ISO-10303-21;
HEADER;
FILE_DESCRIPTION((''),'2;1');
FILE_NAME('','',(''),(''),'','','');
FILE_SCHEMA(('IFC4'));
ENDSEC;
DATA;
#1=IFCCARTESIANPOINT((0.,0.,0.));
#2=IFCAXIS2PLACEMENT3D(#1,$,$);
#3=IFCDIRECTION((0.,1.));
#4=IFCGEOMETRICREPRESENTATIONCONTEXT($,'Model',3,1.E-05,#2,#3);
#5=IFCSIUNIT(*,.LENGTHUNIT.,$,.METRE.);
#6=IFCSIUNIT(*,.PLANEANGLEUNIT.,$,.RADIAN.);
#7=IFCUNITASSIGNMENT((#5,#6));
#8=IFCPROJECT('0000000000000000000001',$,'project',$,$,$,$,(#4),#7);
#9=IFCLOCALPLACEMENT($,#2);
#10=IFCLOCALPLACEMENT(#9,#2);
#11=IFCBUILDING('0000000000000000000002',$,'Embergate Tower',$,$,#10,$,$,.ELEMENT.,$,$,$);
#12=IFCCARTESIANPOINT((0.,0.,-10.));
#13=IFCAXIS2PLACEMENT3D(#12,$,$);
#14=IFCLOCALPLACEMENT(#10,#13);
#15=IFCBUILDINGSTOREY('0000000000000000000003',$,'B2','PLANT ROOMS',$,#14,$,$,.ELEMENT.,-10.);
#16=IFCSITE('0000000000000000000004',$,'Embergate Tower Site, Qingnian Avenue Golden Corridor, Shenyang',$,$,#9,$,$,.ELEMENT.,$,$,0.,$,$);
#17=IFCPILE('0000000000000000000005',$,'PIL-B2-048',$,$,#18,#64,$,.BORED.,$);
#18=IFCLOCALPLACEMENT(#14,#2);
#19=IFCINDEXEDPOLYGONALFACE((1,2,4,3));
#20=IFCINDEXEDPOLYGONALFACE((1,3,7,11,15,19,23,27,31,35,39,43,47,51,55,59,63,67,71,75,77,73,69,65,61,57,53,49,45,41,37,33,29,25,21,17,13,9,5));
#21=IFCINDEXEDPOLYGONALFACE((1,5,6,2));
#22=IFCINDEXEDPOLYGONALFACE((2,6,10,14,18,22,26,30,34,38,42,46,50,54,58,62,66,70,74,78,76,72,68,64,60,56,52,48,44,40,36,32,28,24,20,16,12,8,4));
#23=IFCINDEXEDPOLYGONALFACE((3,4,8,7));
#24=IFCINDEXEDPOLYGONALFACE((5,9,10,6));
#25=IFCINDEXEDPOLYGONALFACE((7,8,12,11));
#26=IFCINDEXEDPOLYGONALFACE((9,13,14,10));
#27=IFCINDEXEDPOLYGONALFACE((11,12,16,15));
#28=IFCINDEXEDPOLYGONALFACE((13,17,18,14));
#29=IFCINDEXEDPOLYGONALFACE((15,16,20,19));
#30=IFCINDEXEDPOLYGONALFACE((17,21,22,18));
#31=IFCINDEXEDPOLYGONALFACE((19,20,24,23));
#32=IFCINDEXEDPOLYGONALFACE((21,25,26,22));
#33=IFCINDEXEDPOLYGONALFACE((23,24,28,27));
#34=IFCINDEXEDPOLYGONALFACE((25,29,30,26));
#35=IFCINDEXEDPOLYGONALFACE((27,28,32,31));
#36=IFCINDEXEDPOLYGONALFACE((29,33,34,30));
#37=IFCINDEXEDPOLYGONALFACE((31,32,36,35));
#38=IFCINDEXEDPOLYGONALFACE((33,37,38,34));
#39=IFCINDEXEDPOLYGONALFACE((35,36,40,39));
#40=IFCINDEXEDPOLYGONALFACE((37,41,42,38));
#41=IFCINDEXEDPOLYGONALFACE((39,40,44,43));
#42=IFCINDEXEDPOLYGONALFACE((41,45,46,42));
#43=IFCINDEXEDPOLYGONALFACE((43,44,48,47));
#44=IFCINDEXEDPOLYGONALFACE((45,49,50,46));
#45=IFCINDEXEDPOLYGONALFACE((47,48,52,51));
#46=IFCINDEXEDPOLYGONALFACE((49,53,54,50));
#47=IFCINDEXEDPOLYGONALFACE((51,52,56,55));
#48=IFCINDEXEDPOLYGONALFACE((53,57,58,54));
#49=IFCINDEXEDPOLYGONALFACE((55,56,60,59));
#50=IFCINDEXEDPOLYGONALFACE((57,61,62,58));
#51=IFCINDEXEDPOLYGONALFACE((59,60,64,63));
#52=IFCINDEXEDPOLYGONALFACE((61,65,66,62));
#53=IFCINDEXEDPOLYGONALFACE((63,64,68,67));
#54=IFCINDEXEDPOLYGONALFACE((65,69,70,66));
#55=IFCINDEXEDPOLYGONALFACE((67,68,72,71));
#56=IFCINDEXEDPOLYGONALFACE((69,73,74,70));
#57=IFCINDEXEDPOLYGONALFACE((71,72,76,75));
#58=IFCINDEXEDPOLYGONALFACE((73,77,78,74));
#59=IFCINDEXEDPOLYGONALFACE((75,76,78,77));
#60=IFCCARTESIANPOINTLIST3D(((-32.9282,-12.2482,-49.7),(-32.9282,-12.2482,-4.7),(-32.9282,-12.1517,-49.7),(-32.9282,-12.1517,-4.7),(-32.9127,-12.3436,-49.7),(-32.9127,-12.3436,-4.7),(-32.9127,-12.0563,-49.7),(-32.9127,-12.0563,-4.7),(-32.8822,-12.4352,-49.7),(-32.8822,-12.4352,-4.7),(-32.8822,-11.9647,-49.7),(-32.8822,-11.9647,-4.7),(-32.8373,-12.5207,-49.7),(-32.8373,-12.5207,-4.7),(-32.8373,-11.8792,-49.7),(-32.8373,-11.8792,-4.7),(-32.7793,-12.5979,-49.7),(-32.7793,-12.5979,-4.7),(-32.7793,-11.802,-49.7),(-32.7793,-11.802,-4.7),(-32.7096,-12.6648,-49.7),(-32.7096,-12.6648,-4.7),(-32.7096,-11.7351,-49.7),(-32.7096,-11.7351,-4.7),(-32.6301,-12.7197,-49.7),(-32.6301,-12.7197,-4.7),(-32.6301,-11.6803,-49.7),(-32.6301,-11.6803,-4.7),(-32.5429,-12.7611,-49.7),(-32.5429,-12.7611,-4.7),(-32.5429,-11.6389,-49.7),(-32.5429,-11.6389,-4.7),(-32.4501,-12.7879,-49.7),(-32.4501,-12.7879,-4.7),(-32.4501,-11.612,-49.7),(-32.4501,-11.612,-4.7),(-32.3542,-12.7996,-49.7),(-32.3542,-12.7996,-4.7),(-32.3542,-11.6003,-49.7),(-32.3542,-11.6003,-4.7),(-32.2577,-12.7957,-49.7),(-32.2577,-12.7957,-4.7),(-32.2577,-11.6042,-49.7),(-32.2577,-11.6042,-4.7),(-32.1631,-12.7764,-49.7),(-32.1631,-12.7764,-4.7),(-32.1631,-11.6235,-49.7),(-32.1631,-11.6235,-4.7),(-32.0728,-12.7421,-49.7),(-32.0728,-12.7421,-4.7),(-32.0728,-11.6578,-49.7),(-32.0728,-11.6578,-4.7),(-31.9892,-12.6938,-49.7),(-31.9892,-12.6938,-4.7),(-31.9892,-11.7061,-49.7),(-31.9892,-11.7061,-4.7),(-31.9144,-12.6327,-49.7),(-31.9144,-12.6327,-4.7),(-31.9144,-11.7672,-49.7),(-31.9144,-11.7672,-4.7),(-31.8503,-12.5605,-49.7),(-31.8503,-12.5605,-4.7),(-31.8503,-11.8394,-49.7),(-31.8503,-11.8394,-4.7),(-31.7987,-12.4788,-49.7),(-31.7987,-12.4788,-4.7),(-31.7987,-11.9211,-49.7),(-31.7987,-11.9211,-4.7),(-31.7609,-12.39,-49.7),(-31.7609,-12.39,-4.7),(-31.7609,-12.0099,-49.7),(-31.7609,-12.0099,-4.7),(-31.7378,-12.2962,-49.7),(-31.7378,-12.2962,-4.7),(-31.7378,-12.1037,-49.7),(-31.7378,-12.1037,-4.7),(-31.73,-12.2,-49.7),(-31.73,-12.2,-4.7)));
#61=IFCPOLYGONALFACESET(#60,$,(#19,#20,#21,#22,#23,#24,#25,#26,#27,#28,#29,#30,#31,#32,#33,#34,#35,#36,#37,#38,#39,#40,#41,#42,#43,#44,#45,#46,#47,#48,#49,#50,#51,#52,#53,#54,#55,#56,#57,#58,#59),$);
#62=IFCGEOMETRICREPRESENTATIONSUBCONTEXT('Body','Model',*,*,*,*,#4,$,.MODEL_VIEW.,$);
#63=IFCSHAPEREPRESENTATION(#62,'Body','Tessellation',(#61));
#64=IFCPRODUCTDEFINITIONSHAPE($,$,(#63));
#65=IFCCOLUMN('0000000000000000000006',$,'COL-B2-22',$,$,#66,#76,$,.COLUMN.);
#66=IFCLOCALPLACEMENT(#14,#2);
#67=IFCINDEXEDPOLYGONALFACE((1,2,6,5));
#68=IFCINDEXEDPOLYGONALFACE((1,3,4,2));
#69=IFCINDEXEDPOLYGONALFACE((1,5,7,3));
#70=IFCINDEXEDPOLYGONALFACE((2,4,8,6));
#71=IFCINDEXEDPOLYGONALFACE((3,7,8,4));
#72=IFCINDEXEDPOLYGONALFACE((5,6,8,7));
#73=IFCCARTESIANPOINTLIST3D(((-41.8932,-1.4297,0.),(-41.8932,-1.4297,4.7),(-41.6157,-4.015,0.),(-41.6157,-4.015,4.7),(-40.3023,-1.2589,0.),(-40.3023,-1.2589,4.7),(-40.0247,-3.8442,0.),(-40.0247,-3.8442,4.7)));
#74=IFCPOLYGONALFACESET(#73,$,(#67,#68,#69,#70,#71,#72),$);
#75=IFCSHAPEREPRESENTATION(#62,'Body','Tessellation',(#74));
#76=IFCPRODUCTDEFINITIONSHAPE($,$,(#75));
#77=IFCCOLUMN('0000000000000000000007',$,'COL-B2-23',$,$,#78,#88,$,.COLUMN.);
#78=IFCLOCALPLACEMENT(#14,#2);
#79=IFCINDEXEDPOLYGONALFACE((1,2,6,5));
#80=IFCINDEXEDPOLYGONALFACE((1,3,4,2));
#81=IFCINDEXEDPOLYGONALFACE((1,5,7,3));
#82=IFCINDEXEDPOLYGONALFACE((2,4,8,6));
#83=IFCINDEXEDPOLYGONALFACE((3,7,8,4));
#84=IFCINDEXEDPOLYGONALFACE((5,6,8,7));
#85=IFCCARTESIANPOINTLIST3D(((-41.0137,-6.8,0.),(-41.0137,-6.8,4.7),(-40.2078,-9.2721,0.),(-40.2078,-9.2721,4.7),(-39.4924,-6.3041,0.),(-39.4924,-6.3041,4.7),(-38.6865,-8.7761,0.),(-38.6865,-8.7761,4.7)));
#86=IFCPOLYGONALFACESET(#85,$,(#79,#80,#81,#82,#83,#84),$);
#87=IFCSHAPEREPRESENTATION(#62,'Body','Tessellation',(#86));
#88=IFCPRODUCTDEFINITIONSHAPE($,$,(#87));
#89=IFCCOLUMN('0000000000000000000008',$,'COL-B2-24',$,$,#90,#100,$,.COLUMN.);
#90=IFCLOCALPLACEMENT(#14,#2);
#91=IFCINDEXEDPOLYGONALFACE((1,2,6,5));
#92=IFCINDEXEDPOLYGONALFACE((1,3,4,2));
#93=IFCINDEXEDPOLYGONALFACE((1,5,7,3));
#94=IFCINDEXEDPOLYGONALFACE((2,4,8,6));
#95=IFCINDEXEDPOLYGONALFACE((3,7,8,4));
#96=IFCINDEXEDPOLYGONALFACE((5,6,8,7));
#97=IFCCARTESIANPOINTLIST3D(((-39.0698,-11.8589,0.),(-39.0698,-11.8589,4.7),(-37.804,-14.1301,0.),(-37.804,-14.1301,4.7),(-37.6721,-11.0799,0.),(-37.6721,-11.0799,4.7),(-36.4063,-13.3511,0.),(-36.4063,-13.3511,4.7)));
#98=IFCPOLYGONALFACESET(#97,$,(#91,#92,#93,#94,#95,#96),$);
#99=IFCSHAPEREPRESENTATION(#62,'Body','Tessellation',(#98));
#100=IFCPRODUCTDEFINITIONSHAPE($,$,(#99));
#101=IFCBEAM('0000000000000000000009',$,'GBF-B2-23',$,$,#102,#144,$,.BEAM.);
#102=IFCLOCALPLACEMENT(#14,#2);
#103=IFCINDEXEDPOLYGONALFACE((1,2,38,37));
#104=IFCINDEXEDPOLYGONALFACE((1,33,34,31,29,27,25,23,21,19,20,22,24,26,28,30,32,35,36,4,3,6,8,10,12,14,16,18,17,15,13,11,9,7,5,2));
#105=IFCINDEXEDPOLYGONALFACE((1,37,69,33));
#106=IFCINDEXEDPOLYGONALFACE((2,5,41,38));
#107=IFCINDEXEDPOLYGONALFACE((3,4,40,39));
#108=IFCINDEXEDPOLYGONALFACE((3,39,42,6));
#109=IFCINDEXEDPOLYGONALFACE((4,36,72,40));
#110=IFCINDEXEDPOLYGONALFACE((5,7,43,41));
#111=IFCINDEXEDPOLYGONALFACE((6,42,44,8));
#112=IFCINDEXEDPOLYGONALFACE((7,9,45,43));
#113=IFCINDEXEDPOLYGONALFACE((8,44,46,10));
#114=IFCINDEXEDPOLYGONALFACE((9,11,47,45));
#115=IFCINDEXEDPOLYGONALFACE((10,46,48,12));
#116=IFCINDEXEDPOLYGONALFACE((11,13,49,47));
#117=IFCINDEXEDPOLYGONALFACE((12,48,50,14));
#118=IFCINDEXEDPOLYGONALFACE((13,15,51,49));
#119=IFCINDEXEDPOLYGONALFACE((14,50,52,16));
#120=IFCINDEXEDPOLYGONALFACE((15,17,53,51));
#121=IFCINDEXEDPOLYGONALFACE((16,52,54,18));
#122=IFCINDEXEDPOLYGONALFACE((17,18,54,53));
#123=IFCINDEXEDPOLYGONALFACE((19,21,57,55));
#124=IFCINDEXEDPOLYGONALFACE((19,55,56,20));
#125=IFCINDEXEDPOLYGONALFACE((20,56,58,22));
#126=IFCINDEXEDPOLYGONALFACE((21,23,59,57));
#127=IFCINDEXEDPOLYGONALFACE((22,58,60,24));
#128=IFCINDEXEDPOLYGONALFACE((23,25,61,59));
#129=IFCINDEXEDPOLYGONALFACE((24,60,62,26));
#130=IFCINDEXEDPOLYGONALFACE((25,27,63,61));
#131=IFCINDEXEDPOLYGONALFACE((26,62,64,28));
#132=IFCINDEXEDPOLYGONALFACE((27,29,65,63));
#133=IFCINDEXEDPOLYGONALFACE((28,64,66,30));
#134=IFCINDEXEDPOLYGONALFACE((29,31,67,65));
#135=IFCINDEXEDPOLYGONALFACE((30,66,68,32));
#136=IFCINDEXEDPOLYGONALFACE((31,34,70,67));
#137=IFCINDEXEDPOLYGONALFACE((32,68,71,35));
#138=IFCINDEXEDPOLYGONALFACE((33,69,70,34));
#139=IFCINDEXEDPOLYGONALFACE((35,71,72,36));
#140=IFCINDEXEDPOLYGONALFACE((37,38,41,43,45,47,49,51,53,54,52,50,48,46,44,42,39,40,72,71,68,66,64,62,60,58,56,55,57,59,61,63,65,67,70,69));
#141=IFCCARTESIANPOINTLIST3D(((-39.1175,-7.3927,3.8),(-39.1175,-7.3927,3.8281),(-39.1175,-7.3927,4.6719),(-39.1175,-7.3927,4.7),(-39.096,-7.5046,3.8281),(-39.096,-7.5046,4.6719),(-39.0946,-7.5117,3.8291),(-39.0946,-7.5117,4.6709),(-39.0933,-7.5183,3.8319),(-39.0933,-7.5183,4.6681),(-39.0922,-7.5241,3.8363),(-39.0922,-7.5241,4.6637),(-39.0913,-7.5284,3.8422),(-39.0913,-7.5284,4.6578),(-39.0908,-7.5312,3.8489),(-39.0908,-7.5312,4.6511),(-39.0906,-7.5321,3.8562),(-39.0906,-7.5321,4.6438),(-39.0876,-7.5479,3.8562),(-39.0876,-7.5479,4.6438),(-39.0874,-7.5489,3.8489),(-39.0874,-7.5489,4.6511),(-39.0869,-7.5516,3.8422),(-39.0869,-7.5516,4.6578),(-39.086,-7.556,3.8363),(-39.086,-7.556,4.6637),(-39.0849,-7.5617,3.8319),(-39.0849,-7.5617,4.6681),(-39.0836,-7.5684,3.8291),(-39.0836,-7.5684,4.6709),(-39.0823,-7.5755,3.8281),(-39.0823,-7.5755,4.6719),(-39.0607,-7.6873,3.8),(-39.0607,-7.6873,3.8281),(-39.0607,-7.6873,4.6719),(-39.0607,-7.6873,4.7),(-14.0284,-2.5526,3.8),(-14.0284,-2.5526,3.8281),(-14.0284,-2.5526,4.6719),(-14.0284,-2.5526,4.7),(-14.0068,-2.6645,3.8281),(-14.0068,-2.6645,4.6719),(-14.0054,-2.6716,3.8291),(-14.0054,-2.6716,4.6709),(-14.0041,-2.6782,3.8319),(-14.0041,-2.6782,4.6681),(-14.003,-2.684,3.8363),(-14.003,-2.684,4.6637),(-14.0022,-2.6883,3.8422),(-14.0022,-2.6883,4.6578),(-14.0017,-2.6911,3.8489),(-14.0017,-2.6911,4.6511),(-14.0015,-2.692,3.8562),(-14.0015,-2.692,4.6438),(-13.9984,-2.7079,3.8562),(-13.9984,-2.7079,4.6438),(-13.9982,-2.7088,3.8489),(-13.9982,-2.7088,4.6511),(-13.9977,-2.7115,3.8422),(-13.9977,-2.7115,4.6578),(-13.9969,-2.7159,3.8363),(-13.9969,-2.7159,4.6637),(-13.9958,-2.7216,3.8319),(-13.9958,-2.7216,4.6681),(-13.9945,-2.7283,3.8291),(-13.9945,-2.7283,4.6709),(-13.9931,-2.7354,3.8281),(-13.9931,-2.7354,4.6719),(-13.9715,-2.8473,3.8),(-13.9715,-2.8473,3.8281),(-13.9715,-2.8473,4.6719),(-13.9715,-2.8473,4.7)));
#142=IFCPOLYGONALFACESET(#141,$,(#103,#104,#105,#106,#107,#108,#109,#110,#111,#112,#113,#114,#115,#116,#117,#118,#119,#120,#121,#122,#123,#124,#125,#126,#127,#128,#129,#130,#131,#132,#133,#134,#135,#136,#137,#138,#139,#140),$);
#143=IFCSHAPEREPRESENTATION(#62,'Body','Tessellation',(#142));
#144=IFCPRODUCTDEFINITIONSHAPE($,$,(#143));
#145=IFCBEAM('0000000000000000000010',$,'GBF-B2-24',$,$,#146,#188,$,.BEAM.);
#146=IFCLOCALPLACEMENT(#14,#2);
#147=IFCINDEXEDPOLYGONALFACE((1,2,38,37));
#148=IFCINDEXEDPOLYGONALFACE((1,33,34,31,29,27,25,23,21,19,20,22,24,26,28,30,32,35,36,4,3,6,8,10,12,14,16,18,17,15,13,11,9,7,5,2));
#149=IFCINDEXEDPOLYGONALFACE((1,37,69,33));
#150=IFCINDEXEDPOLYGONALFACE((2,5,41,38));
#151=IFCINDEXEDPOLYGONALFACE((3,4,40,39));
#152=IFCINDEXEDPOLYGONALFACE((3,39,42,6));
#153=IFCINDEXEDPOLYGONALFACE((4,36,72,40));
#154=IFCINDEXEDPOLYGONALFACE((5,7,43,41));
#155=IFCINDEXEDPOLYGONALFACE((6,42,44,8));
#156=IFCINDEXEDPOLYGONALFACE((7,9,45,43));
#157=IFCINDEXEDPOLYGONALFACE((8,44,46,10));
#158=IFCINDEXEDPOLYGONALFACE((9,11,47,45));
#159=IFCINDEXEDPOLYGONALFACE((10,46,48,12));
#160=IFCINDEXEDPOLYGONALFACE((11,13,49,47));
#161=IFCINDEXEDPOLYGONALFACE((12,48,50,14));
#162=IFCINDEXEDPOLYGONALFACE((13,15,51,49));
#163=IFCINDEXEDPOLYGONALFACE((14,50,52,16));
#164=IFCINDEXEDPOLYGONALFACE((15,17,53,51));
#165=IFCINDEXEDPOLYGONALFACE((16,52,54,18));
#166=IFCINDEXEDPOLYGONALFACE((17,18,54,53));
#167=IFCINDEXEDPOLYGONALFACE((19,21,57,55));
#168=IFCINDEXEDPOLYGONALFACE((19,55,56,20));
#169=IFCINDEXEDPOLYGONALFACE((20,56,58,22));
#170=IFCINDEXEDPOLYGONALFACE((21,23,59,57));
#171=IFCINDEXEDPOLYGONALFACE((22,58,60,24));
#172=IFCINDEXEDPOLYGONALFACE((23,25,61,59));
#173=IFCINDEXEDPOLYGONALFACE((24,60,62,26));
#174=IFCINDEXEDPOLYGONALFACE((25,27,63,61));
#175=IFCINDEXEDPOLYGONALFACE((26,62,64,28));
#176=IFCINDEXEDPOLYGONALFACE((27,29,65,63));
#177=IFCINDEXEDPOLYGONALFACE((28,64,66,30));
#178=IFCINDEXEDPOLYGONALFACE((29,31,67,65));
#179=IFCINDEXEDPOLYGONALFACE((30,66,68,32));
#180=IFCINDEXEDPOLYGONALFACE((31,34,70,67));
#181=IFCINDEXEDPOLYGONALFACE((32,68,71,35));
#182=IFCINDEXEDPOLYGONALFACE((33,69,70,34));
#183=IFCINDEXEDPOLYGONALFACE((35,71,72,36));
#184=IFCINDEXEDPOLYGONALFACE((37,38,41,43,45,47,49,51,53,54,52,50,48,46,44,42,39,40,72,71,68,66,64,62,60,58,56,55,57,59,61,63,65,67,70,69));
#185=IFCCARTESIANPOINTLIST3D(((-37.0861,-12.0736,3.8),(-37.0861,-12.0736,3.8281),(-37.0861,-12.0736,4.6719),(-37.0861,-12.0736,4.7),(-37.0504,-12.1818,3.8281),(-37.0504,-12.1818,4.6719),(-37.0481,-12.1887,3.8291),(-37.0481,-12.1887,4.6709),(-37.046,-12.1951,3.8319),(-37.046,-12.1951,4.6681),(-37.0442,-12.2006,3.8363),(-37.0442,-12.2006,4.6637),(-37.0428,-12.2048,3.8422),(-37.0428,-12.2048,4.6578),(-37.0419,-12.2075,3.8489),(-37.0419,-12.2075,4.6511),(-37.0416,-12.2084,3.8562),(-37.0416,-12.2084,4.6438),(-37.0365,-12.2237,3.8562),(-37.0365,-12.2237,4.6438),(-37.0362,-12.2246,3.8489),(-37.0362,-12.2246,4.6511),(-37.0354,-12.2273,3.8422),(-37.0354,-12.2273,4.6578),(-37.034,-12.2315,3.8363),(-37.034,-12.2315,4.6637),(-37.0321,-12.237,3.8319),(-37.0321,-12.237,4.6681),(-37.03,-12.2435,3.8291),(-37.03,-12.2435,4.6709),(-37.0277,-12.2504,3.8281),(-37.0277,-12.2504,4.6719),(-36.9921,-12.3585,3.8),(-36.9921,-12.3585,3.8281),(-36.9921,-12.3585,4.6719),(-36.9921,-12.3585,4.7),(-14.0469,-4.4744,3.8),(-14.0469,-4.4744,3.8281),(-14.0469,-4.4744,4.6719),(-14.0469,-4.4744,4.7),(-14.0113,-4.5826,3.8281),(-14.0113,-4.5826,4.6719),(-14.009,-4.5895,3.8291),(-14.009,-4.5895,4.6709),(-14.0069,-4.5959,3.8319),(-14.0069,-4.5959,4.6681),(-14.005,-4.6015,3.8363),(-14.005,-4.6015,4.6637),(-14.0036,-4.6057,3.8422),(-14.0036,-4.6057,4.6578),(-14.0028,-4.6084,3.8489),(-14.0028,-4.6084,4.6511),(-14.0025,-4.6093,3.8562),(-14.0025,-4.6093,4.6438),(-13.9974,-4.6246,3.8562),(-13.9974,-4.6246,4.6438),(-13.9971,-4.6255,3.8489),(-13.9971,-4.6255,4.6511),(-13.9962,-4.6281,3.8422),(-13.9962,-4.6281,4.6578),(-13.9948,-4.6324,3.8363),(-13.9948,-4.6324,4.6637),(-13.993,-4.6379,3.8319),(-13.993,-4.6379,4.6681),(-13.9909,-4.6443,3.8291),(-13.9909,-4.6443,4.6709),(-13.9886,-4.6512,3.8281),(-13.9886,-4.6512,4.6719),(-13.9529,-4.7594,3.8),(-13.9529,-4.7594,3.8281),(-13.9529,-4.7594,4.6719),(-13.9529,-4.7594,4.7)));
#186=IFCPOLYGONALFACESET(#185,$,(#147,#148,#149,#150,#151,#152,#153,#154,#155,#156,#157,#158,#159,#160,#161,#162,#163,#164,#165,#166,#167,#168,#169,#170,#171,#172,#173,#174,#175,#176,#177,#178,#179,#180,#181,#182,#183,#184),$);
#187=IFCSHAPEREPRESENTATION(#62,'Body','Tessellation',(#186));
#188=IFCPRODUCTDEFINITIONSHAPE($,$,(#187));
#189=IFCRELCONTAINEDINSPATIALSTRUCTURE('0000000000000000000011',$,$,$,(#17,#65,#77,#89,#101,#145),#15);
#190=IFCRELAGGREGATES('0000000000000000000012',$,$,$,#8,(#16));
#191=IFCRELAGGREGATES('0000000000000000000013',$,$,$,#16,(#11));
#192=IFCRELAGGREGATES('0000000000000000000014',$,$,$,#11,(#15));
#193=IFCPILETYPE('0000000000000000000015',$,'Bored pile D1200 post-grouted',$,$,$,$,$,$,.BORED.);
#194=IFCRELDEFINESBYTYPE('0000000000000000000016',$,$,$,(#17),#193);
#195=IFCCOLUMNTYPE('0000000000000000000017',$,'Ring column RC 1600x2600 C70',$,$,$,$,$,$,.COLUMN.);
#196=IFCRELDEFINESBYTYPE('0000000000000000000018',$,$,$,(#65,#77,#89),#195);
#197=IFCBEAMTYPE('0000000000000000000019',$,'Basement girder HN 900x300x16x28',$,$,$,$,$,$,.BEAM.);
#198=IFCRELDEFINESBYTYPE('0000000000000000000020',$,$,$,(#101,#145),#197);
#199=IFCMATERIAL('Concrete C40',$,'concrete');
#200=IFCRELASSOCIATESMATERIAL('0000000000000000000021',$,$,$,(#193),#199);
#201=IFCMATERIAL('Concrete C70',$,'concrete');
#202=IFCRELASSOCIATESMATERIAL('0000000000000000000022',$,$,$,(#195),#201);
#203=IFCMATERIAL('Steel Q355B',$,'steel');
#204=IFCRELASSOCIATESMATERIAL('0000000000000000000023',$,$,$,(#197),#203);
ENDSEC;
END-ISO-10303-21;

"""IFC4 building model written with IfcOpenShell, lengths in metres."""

from ifc_helpers import new_model, si_unit, direction, frame, origin, origin_2d, place, context, subcontext, project, spatial, rectangle, circle, i_section, extrude, source, transform, mapped, material, material_profile, profile_set, type_object, element, save


model = new_model("IFC4")

# Units and contexts
model_context = context("Model", 3, precision=1e-05, world=origin(), true_north=direction((0.0, 1.0)))
body_context = subcontext(model_context, "Body", "Model", "MODEL_VIEW")
ifc_project = project(units=[si_unit("LENGTHUNIT", "METRE"), si_unit("PLANEANGLEUNIT", "RADIAN")], contexts=[model_context])

# Site, building, storey
site_placement = place(None, origin())
site = spatial("IfcSite", under=ifc_project, at=site_placement, Name="Embergate Tower Site, Qingnian Avenue Golden Corridor, Shenyang", CompositionType="ELEMENT", RefElevation=0.0)
building_placement = place(site_placement, origin())
building = spatial("IfcBuilding", under=site, at=building_placement, Name="Embergate Tower", CompositionType="ELEMENT")
storey_placement = place(building_placement, frame((0.0, 0.0, -10.0)))
storey = spatial("IfcBuildingStorey", under=building, at=storey_placement, Name="B2", Description="PLANT ROOMS", CompositionType="ELEMENT", Elevation=-10.0)

# Pile
ifc_material_1 = material(Name="Concrete C40", Category="concrete")
ifc_material_profile_1 = material_profile(ifc_material_1, circle(Radius=0.6001, at=origin_2d()), Name="D1200")
ifc_profile_set_1 = profile_set([ifc_material_profile_1], Name="Concrete C40")
pile_type = type_object("IfcPileType", Name="Bored pile D1200 post-grouted", PredefinedType="BORED", material=ifc_profile_set_1)
shared_shape_1 = source(origin(), body_context, "Body", "SweptSolid", [
    extrude(circle(Radius=0.6001, at=origin_2d()), origin(), (0.0, 0.0, 1.0), 45.0),
])
for number, where, z_axis, x_axis, name in (
    (1, (-32.3301, -12.2, -4.7), (0.0, 0.0, -1.0), (1.0, 0.0, 0.0), "PIL-B2-048"),
):
    element("IfcPile", number, at=place(storey_placement, frame(where, z_axis=z_axis, x_axis=x_axis)), inside=storey, type_object=pile_type, Name=name, PredefinedType="BORED", context=body_context, shape_type="MappedRepresentation", body=[
        mapped(shared_shape_1, transform((0.0, 0.0, 0.0))),
    ])

# Columns
ifc_material_2 = material(Name="Concrete C70", Category="concrete")
ifc_material_profile_2 = material_profile(ifc_material_2, rectangle(XDim=1.6001, YDim=2.6001, at=origin_2d()), Name="RC 1600x2600")
ifc_profile_set_2 = profile_set([ifc_material_profile_2], Name="Concrete C70")
column_type = type_object("IfcColumnType", Name="Ring column RC 1600x2600 C70", PredefinedType="COLUMN", material=ifc_profile_set_2)
shared_shape_2 = source(origin(), body_context, "Body", "SweptSolid", [
    extrude(rectangle(XDim=1.6001, YDim=2.6001, at=origin_2d()), origin(), (0.0, 0.0, 1.0), 4.7),
])
for number, where, z_axis, x_axis, name in (
    (2, (-40.959, -2.637, 0.0), (0.0, 0.0, 1.0), (-0.994286, -0.10675, 0.0), "COL-B2-22"),
    (3, (-39.8501, -7.7881, 0.0), (0.0, 0.0, 1.0), (-0.950754, -0.309946, 0.0), "COL-B2-23"),
    (4, (-37.738, -12.605, 0.0), (0.0, 0.0, 1.0), (-0.873492, -0.486839, 0.0), "COL-B2-24"),
):
    element("IfcColumn", number, at=place(storey_placement, frame(where, z_axis=z_axis, x_axis=x_axis)), inside=storey, type_object=column_type, Name=name, PredefinedType="COLUMN", context=body_context, shape_type="MappedRepresentation", body=[
        mapped(shared_shape_2, transform((0.0, 0.0, 0.0))),
    ])

# Beams
ifc_material_3 = material(Name="Steel Q355B", Category="steel")
ifc_material_profile_3 = material_profile(ifc_material_3, i_section(OverallWidth=0.3, OverallDepth=0.8999, WebThickness=0.0161, FlangeThickness=0.0281, FilletRadius=0.0281, at=origin_2d()), Name="HN 900x300x16x28")
ifc_profile_set_3 = profile_set([ifc_material_profile_3], Name="Steel Q355 grade B")
beam_type = type_object("IfcBeamType", Name="Basement girder HN 900x300x16x28", PredefinedType="BEAM", material=ifc_profile_set_3)
shared_shape_3 = source(origin(), body_context, "Body", "SweptSolid", [
    extrude(i_section(OverallWidth=0.3, OverallDepth=0.8999, WebThickness=0.0161, FlangeThickness=0.0281, FilletRadius=0.0281, at=origin_2d()), origin(), (0.0, 0.0, 1.0), 25.5518),
])
beam_1_placement = place(storey_placement, frame((-39.0891, -7.54, 4.25), z_axis=(0.981896, 0.189423, 0.0), x_axis=(-0.189423, 0.981896, 0.0)))
element("IfcBeam", 5, at=beam_1_placement, inside=storey, type_object=beam_type, Name="GBF-B2-23", PredefinedType="BEAM", context=body_context, shape_type="MappedRepresentation", body=[
    mapped(shared_shape_3, transform((0.0, 0.0, 0.0))),
])
shared_shape_4 = source(origin(), body_context, "Body", "SweptSolid", [
    extrude(i_section(OverallWidth=0.3, OverallDepth=0.8999, WebThickness=0.0161, FlangeThickness=0.0281, FilletRadius=0.0281, at=origin_2d()), origin(), (0.0, 0.0, 1.0), 24.26),
])
beam_2_placement = place(storey_placement, frame((-37.0391, -12.2161, 4.25), z_axis=(0.949675, 0.313237, 0.0), x_axis=(-0.313237, 0.949675, 0.0)))
element("IfcBeam", 6, at=beam_2_placement, inside=storey, type_object=beam_type, Name="GBF-B2-24", PredefinedType="BEAM", context=body_context, shape_type="MappedRepresentation", body=[
    mapped(shared_shape_4, transform((0.0, 0.0, 0.0))),
])

save(model, "model.ifc")
